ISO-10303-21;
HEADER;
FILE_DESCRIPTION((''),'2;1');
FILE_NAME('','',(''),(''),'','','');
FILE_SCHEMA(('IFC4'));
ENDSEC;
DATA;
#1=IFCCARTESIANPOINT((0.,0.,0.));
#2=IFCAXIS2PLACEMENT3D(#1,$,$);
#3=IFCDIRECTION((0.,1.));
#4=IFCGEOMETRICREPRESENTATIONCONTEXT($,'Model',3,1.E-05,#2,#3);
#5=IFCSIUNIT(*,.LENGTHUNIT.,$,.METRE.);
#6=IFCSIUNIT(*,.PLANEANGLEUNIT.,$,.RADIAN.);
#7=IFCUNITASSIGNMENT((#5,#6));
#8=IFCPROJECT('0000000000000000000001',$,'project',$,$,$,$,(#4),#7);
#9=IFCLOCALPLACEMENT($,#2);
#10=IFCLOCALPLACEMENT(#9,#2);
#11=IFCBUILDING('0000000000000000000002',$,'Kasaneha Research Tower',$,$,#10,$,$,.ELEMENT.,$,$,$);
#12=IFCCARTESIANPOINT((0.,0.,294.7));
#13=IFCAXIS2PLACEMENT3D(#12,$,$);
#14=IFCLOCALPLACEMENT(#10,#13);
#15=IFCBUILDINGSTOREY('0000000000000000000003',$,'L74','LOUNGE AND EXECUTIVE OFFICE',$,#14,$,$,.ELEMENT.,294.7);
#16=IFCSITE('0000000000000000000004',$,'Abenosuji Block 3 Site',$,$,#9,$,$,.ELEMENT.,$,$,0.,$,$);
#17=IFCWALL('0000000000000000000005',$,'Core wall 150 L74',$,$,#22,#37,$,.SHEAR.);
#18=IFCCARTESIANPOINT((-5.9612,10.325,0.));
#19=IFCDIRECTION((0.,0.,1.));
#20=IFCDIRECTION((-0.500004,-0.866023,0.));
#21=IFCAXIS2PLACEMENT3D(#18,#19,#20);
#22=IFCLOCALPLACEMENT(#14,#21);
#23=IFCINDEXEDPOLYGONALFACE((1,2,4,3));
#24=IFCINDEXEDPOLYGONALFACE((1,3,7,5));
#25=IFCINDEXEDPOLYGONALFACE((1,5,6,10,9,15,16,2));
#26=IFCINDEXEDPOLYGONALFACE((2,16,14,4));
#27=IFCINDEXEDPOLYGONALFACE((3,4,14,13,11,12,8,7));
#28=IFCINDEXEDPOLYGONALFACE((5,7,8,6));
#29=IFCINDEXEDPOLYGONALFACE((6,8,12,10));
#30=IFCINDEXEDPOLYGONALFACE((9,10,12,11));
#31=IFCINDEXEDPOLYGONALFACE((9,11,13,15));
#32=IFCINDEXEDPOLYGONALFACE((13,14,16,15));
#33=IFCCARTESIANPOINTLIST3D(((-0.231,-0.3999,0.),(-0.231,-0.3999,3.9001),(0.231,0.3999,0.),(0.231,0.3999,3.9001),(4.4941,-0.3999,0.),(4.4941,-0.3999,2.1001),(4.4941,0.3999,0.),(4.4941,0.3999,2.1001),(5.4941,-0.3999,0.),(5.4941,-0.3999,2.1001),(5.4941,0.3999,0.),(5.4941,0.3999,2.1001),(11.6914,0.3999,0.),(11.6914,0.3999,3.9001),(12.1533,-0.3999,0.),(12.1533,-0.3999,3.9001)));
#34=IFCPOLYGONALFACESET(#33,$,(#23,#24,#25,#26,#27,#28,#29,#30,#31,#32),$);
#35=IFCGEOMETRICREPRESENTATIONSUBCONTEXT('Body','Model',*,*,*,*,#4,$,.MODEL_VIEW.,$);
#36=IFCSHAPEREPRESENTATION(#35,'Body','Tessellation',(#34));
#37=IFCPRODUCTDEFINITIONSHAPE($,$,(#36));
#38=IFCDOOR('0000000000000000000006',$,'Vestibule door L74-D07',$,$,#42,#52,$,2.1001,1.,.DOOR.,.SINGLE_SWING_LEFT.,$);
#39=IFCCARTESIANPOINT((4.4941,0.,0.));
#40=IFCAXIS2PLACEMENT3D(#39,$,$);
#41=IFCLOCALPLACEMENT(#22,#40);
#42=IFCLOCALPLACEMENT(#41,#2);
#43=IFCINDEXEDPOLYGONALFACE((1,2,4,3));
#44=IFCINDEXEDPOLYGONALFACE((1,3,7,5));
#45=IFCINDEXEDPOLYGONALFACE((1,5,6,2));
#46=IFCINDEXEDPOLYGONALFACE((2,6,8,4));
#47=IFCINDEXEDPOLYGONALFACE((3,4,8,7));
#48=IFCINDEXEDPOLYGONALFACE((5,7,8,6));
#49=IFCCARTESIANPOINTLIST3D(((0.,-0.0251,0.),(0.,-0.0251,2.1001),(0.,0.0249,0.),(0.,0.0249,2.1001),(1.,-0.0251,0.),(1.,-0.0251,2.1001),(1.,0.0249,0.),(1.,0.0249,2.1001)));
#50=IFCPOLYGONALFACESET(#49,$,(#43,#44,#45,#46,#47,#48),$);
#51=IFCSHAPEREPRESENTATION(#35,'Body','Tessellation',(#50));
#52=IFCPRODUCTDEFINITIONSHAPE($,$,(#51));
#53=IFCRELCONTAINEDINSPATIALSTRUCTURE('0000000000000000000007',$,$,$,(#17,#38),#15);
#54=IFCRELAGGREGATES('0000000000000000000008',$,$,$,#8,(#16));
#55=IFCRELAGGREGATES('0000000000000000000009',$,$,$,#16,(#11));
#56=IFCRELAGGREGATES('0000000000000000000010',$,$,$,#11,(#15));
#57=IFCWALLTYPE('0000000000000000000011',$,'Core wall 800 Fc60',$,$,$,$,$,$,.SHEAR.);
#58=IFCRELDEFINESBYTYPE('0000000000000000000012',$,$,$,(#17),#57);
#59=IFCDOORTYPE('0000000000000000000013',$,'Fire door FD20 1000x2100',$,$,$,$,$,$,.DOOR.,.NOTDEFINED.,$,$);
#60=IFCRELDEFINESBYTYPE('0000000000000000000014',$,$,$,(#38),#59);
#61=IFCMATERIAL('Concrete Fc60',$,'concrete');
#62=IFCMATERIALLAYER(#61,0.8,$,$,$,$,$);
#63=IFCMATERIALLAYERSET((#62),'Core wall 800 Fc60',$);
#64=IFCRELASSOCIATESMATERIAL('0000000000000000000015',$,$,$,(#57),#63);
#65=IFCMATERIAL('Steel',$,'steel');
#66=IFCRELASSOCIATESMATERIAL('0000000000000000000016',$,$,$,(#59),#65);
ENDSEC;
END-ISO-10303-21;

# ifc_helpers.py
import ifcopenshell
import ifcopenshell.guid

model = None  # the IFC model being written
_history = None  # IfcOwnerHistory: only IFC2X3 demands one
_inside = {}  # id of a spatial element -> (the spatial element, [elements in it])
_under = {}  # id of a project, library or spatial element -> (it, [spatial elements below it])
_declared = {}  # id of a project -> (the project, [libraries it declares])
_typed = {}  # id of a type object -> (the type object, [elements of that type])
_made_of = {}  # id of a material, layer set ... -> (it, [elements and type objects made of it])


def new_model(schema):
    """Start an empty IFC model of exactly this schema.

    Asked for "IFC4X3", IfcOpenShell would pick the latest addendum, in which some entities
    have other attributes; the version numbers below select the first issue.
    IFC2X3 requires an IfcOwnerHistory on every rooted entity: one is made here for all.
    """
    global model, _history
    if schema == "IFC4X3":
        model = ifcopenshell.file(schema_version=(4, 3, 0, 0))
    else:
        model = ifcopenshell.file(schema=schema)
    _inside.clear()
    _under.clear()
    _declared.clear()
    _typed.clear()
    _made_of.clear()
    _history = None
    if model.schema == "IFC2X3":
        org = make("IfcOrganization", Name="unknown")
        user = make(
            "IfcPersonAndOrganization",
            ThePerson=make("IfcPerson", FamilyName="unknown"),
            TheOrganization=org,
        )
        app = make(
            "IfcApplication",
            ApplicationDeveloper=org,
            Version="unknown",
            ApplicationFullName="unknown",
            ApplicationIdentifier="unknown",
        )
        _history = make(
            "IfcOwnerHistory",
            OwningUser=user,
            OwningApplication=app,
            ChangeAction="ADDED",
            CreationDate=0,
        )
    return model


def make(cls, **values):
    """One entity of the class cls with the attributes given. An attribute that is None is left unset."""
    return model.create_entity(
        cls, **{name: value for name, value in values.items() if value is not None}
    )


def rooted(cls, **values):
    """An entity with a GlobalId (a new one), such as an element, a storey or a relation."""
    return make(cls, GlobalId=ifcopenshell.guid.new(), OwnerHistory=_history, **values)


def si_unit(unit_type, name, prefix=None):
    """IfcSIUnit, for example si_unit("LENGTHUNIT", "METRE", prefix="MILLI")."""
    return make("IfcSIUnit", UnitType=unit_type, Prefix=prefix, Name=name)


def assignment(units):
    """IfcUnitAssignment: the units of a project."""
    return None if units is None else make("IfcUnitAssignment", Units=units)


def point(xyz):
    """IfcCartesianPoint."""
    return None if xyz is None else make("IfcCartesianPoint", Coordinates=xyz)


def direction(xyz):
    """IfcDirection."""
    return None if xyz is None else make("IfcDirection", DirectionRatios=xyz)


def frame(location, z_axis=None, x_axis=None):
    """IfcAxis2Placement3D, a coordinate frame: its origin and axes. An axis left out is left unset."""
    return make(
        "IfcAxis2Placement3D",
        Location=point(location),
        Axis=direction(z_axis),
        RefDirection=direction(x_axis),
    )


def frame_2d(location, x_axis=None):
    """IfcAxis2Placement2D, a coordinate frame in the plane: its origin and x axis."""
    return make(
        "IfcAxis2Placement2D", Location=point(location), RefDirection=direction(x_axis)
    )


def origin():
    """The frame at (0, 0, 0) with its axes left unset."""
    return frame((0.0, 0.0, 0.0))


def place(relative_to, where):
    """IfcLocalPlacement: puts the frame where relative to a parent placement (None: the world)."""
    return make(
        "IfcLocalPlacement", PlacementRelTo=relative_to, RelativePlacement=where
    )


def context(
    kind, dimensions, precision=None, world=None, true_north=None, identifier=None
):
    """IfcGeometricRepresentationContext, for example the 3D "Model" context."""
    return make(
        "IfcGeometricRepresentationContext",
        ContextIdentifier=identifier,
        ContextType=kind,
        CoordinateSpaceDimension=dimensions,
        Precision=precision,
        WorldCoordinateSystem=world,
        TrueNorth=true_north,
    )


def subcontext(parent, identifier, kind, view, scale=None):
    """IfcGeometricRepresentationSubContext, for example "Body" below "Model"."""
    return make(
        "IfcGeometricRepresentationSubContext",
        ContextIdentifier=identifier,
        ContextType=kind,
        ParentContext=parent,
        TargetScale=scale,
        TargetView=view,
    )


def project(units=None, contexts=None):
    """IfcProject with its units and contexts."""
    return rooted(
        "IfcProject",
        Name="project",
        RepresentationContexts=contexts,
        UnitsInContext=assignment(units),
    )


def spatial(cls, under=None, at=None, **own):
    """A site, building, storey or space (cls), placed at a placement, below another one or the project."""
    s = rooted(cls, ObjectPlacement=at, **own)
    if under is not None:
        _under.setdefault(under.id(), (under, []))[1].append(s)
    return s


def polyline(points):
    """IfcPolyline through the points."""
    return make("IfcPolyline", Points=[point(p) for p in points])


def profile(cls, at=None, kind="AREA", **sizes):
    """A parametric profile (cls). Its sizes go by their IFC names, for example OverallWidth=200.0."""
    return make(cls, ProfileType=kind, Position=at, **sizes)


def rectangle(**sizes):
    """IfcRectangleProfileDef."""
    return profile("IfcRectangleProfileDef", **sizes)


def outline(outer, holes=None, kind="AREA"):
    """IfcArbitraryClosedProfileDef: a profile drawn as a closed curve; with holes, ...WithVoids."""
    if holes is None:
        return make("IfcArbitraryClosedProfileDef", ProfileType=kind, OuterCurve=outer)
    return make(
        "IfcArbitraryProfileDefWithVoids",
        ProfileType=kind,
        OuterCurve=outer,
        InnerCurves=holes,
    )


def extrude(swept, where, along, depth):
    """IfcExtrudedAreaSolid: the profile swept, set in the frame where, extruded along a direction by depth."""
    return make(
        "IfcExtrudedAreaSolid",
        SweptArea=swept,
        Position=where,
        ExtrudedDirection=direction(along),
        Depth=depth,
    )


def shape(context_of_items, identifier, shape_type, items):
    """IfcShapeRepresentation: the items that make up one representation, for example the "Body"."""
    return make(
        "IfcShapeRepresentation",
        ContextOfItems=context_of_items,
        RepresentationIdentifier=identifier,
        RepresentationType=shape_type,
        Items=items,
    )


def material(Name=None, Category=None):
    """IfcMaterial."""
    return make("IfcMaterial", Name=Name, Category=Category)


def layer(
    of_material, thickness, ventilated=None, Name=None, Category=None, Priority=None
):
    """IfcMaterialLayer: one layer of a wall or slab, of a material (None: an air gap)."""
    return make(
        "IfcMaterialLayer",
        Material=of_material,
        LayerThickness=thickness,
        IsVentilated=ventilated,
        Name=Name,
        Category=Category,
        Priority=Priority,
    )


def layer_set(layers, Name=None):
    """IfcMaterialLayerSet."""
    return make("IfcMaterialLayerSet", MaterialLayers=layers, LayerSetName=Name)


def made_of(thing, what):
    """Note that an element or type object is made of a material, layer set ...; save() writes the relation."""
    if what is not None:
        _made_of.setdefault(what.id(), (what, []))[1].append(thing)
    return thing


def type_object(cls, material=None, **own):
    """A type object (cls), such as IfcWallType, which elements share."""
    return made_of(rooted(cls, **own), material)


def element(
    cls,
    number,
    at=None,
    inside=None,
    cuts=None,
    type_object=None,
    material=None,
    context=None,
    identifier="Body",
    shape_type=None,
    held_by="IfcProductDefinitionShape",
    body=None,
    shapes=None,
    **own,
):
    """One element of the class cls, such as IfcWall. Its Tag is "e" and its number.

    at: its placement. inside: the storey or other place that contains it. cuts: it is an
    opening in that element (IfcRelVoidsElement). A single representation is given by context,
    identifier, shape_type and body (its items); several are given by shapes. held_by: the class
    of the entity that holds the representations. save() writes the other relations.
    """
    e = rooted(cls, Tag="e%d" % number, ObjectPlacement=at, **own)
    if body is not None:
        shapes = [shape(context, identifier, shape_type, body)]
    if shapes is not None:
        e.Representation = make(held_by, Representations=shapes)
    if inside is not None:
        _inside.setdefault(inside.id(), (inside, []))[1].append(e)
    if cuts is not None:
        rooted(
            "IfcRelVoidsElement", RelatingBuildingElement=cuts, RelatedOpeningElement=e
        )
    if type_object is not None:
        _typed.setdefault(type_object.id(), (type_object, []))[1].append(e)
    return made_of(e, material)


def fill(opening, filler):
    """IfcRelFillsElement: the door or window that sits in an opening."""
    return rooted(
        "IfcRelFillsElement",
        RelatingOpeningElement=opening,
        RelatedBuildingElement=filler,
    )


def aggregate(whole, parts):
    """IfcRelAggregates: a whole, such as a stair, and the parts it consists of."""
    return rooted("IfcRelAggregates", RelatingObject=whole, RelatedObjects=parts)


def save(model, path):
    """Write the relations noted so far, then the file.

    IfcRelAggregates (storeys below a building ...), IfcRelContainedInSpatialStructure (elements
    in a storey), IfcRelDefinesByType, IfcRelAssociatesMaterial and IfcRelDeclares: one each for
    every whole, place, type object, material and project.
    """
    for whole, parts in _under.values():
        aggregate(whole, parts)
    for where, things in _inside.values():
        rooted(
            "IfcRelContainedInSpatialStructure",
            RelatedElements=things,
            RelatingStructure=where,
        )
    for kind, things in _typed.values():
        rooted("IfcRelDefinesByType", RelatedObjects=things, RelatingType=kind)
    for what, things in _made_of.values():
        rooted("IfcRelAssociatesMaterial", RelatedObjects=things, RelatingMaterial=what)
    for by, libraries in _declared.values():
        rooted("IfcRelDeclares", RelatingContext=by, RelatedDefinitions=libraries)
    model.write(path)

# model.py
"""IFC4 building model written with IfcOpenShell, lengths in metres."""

from ifc_helpers import new_model, si_unit, direction, frame, frame_2d, origin, place, context, subcontext, project, spatial, polyline, rectangle, outline, extrude, material, layer, layer_set, type_object, element, fill, save


model = new_model("IFC4")

# Units and contexts
model_context = context("Model", 3, precision=1e-05, world=origin(), true_north=direction((0.0, 1.0)))
body_context = subcontext(model_context, "Body", "Model", "MODEL_VIEW")
ifc_project = project(units=[si_unit("LENGTHUNIT", "METRE"), si_unit("PLANEANGLEUNIT", "RADIAN")], contexts=[model_context])

# Site, building, storey
site_placement = place(None, origin())
site = spatial("IfcSite", under=ifc_project, at=site_placement, Name="Abenosuji Block 3 Site", CompositionType="ELEMENT", RefElevation=0.0)
building_placement = place(site_placement, origin())
building = spatial("IfcBuilding", under=site, at=building_placement, Name="Kasaneha Research Tower", CompositionType="ELEMENT")
storey_placement = place(building_placement, frame((0.0, 0.0, 294.7)))
storey = spatial("IfcBuildingStorey", under=building, at=storey_placement, Name="L74", Description="LOUNGE AND EXECUTIVE OFFICE", CompositionType="ELEMENT", Elevation=294.7)

# Wall, opening, door
ifc_material_1 = material(Name="Concrete Fc60", Category="concrete")
ifc_layer_1 = layer(ifc_material_1, 0.8)
ifc_layer_set_1 = layer_set([ifc_layer_1], Name="Core wall 800 Fc60")
wall_type_1 = type_object("IfcWallType", Name="Core wall 800 Fc60", PredefinedType="SHEAR", material=ifc_layer_set_1)
wall_1_placement = place(storey_placement, frame((-5.9612, 10.325, 0.0), z_axis=(0.0, 0.0, 1.0), x_axis=(-0.500004, -0.866023, 0.0)))
wall_1 = element("IfcWall", 1, at=wall_1_placement, inside=storey, type_object=wall_type_1, Name="Core wall 150 L74", PredefinedType="SHEAR", context=body_context, shape_type="SweptSolid", body=[
    extrude(outline(polyline([(-0.231, -0.3999), (4.4941, -0.3999), (5.4941, -0.3999), (12.1533, -0.3999), (11.6914, 0.3999), (5.4941, 0.3999), (4.4941, 0.3999), (0.231, 0.3999), (-0.231, -0.3999)])), origin(), (0.0, 0.0, 1.0), 3.9001),
])
opening_1_placement = place(wall_1_placement, frame((4.4941, 0.0, 0.0)))
opening_1 = element("IfcOpeningElement", 2, at=opening_1_placement, cuts=wall_1, PredefinedType="OPENING", context=body_context, shape_type="SweptSolid", body=[
    extrude(rectangle(XDim=1.0, YDim=2.1001, at=frame_2d((0.5, 1.05))), frame((0.0, 0.4102, 0.0), z_axis=(0.0, -1.0, 0.0), x_axis=(1.0, 0.0, 0.0)), (0.0, 0.0, 1.0), 0.8201),
])
ifc_material_2 = material(Name="Steel", Category="steel")
door_type_1 = type_object("IfcDoorType", Name="Fire door FD20 1000x2100", OperationType="NOTDEFINED", PredefinedType="DOOR", material=ifc_material_2)
door_1_placement = place(opening_1_placement, origin())
door_1 = element("IfcDoor", 3, at=door_1_placement, inside=storey, type_object=door_type_1, Name="Vestibule door L74-D07", OperationType="SINGLE_SWING_LEFT", OverallHeight=2.1001, OverallWidth=1.0, PredefinedType="DOOR", context=body_context, shape_type="SweptSolid", body=[
    extrude(rectangle(XDim=1.0, YDim=2.1001, at=frame_2d((0.5, 1.05))), frame((0.0, 0.0249, 0.0), z_axis=(0.0, -1.0, 0.0), x_axis=(1.0, 0.0, 0.0)), (0.0, 0.0, 1.0), 0.05),
])
fill(opening_1, door_1)

save(model, "model.ifc")
